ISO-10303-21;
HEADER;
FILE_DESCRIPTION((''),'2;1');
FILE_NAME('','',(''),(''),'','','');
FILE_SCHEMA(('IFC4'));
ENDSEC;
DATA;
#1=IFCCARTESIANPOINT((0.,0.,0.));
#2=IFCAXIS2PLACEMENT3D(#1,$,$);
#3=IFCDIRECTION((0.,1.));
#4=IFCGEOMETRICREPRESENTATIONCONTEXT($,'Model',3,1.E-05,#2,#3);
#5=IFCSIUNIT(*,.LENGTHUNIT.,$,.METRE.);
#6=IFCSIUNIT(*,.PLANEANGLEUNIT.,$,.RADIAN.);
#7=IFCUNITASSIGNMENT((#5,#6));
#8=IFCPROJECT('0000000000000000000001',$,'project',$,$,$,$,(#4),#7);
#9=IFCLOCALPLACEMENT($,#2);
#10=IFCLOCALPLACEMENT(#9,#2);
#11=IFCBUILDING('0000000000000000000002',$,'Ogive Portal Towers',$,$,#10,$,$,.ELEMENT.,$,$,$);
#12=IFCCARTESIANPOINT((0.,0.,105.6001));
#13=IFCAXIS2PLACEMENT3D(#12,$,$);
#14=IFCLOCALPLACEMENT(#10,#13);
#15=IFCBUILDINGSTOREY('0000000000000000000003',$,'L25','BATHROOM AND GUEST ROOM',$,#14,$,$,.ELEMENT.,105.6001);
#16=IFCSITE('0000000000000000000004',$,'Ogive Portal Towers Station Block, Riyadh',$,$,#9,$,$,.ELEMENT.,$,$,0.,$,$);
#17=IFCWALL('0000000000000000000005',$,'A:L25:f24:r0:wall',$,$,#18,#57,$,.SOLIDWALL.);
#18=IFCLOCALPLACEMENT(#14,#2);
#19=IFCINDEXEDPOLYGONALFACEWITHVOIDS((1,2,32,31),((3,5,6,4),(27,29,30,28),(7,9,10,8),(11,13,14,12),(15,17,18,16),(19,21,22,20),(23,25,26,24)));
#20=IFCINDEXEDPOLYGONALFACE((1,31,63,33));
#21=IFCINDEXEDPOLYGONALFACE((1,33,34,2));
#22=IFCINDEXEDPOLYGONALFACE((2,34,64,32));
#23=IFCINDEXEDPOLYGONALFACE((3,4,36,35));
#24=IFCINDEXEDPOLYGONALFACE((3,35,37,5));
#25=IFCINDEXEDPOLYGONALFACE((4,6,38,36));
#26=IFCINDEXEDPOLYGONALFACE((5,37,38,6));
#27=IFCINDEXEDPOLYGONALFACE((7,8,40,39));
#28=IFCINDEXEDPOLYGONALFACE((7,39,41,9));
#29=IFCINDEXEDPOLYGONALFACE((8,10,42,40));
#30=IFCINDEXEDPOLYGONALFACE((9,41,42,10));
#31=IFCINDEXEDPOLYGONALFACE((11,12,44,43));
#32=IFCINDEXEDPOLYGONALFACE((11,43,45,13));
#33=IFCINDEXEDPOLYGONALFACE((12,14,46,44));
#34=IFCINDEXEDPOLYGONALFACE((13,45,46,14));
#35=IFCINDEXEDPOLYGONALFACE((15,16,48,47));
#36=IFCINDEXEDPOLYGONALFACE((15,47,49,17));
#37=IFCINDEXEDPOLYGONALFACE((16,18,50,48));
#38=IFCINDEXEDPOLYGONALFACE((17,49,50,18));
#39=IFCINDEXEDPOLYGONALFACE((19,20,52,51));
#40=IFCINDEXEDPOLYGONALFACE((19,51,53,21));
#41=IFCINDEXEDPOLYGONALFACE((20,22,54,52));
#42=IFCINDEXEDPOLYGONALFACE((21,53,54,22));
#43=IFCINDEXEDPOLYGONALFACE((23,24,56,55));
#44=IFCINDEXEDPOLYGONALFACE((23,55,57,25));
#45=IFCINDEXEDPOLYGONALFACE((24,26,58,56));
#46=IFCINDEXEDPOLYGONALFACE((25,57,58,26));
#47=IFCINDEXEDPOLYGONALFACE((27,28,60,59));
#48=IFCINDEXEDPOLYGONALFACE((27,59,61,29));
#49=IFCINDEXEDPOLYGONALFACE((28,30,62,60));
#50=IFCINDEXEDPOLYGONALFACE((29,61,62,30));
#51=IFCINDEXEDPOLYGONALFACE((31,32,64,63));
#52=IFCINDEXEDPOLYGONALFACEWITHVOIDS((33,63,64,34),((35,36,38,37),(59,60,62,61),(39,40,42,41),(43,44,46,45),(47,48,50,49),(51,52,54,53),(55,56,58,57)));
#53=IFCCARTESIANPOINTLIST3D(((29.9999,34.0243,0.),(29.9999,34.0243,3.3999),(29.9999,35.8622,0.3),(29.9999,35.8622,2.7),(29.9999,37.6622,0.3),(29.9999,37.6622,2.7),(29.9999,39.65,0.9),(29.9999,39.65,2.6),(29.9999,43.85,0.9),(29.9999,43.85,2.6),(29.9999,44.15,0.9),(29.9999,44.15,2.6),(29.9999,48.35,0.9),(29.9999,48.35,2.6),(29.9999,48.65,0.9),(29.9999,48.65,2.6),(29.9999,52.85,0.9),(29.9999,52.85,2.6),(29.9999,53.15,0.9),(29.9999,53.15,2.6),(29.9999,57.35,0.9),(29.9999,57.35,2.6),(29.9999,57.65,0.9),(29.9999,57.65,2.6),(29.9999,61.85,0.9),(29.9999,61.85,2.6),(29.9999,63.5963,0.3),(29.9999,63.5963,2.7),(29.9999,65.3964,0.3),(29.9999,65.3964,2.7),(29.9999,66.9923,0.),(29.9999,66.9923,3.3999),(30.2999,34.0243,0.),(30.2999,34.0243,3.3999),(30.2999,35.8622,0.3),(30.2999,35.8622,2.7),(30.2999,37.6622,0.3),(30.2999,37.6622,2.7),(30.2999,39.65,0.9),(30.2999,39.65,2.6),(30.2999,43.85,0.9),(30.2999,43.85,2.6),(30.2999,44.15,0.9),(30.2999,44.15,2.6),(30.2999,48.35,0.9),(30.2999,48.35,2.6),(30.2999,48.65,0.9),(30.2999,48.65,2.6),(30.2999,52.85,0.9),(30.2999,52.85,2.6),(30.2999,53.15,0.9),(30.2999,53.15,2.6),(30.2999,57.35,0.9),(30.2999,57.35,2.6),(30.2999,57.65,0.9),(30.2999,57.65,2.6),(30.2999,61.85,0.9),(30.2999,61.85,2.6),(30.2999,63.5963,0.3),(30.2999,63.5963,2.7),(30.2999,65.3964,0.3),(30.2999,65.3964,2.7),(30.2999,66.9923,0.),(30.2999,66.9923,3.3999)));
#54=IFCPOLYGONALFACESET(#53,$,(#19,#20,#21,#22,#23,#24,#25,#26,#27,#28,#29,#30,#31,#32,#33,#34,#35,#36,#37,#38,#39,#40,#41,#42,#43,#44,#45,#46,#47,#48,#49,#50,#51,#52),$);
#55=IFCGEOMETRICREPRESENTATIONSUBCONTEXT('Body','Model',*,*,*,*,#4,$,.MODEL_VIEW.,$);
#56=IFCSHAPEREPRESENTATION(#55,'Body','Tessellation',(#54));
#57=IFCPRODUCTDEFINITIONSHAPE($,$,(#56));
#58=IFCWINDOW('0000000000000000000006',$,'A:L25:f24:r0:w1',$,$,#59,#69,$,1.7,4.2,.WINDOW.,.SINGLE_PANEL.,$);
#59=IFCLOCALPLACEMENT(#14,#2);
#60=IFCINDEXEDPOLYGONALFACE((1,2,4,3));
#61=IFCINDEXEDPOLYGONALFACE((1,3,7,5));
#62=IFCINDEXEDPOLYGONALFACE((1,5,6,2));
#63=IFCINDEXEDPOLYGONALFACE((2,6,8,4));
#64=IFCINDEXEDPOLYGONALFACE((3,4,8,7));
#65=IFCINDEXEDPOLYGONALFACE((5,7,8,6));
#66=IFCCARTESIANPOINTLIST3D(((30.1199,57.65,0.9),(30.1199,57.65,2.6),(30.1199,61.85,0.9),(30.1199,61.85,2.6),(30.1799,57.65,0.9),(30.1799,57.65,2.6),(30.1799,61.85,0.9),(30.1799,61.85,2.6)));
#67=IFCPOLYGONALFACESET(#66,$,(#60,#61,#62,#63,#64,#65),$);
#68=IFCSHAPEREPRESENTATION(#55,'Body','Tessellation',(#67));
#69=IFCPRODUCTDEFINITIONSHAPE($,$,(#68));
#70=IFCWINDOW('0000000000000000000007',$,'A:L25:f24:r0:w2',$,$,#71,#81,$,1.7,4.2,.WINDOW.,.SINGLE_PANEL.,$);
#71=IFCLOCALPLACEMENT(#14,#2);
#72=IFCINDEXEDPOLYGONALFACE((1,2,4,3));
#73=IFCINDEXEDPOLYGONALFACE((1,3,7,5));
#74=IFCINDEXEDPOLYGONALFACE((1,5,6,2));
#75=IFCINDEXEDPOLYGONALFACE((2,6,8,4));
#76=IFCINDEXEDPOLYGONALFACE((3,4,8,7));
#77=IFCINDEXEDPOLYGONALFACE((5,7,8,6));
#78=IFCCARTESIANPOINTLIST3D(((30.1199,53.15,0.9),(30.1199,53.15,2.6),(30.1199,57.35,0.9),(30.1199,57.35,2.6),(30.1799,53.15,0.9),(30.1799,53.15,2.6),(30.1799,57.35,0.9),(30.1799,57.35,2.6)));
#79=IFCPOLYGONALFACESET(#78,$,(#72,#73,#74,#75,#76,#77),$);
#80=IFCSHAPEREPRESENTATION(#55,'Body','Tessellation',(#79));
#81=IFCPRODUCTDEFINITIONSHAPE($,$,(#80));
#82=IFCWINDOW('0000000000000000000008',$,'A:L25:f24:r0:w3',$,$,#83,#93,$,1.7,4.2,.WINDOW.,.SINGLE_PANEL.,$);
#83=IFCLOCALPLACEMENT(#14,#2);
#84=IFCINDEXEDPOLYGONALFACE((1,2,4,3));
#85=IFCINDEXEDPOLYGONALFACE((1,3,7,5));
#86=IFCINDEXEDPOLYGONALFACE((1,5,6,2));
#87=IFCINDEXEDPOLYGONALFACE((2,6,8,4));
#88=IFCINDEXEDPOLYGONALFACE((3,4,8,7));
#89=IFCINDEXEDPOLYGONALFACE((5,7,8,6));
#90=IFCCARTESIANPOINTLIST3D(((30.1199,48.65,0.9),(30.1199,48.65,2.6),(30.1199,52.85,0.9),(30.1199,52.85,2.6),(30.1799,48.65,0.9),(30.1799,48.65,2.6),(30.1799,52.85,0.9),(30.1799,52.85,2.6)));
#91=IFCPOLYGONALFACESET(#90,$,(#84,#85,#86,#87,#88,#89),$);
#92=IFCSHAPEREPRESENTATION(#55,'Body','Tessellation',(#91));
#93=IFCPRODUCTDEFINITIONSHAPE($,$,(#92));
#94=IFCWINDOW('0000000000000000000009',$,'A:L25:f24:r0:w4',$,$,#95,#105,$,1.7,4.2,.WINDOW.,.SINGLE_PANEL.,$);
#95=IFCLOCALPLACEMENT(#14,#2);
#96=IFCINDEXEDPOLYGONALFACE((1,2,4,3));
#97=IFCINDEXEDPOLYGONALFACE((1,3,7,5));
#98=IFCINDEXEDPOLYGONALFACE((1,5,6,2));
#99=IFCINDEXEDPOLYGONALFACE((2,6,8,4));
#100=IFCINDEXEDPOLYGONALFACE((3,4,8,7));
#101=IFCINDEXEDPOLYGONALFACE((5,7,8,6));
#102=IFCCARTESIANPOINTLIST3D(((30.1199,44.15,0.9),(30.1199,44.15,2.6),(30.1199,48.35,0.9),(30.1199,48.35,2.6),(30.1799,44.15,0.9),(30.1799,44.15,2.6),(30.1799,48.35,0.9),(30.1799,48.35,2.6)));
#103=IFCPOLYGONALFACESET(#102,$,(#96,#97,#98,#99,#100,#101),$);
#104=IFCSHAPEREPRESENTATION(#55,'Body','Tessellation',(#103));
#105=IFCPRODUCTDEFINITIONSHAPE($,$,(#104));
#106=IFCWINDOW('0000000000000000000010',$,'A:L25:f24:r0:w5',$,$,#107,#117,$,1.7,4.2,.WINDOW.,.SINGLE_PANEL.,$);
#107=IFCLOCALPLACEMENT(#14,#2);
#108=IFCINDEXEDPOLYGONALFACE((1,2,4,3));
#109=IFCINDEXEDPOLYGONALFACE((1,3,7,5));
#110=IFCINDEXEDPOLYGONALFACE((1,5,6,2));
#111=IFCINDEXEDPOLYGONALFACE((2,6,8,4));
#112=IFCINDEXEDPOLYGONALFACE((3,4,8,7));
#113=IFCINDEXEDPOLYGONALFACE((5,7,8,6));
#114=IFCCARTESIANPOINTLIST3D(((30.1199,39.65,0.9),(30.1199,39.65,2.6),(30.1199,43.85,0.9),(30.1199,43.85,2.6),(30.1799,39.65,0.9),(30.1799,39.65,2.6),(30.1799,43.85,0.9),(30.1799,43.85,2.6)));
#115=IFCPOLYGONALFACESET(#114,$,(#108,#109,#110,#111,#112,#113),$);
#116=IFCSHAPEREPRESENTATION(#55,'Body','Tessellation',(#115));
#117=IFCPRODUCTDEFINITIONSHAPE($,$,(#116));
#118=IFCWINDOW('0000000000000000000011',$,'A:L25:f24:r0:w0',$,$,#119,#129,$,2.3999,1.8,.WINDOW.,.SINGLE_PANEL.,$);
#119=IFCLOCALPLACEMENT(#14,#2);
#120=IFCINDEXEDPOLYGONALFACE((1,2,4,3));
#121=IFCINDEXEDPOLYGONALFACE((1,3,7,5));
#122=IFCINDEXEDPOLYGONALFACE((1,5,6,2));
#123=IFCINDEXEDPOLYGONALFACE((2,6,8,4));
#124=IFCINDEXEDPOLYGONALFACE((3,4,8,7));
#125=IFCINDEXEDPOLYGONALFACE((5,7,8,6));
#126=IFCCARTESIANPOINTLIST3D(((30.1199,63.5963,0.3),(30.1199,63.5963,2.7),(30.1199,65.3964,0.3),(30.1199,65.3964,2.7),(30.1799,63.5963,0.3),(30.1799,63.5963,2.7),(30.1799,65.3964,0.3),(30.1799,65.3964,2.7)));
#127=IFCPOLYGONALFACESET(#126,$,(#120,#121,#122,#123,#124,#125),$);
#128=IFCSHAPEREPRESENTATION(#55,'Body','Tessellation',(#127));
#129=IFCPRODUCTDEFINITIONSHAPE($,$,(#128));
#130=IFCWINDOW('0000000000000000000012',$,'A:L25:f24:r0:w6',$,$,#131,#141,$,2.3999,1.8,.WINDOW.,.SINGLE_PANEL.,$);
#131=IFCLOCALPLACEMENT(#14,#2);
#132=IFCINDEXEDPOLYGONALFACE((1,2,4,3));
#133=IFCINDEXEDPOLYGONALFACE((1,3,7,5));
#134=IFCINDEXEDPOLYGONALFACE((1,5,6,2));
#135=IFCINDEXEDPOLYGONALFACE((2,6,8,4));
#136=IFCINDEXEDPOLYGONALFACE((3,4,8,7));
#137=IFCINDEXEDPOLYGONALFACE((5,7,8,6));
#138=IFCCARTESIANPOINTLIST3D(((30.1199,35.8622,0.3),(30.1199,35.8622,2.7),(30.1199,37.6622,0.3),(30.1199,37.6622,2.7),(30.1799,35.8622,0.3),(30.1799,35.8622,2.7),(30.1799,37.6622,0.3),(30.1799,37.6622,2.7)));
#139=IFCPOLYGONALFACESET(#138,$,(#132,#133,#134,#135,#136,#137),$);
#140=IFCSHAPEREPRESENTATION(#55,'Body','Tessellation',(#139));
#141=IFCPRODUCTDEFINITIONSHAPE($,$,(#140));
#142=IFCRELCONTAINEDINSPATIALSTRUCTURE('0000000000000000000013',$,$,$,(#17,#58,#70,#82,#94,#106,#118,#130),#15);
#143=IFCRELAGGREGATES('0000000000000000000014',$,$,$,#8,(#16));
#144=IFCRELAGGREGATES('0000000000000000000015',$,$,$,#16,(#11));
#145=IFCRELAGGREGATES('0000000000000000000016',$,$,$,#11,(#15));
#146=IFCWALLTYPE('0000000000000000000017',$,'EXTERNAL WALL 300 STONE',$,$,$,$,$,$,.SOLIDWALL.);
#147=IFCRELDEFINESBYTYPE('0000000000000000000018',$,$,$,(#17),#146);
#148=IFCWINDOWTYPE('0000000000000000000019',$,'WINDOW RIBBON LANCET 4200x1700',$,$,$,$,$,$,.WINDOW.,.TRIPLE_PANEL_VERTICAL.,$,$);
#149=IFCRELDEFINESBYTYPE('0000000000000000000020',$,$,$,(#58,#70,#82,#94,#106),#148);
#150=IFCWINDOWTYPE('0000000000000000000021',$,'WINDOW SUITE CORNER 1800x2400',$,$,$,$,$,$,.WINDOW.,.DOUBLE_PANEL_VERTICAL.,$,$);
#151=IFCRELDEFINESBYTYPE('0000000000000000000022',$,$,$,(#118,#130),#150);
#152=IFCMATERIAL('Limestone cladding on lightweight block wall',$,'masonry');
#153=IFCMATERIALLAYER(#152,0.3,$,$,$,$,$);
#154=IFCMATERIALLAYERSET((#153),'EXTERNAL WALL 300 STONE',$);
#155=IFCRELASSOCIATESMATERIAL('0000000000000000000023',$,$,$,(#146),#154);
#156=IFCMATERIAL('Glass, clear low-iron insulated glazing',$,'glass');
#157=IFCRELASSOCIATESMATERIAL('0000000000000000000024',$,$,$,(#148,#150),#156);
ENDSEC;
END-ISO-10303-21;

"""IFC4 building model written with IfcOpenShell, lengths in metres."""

from ifc_helpers import new_model, si_unit, direction, frame, frame_2d, origin, place, context, subcontext, project, spatial, rectangle, extrude, material, layer, layer_set, type_object, element, fill, save


model = new_model("IFC4")

# Units and contexts
model_context = context("Model", 3, precision=1e-05, world=origin(), true_north=direction((0.0, 1.0)))
body_context = subcontext(model_context, "Body", "Model", "MODEL_VIEW")
ifc_project = project(units=[si_unit("LENGTHUNIT", "METRE"), si_unit("PLANEANGLEUNIT", "RADIAN")], contexts=[model_context])

# Site, building, storey
site_placement = place(None, origin())
site = spatial("IfcSite", under=ifc_project, at=site_placement, Name="Ogive Portal Towers Station Block, Riyadh", CompositionType="ELEMENT", RefElevation=0.0)
building_placement = place(site_placement, origin())
building = spatial("IfcBuilding", under=site, at=building_placement, Name="Ogive Portal Towers", CompositionType="ELEMENT")
storey_placement = place(building_placement, frame((0.0, 0.0, 105.6001)))
storey = spatial("IfcBuildingStorey", under=building, at=storey_placement, Name="L25", Description="BATHROOM AND GUEST ROOM", CompositionType="ELEMENT", Elevation=105.6001)

# Shared definitions
ifc_material_1 = material(Name="Glass, clear low-iron insulated glazing", Category="glass")

# Wall, openings, windows
ifc_material_2 = material(Name="Limestone cladding on lightweight block wall", Category="masonry")
ifc_layer_1 = layer(ifc_material_2, 0.3)
ifc_layer_set_1 = layer_set([ifc_layer_1], Name="EXTERNAL WALL 300 STONE")
wall_type_1 = type_object("IfcWallType", Name="EXTERNAL WALL 300 STONE", PredefinedType="SOLIDWALL", material=ifc_layer_set_1)
wall_1_placement = place(storey_placement, frame((30.1499, 66.9922, 0.0), z_axis=(0.0, 0.0, 1.0), x_axis=(0.0, -1.0, 0.0)))
wall_1 = element("IfcWall", 1, at=wall_1_placement, inside=storey, type_object=wall_type_1, Name="A:L25:f24:r0:wall", PredefinedType="SOLIDWALL", context=body_context, shape_type="SweptSolid", body=[
    extrude(rectangle(XDim=32.968, YDim=0.3, at=frame_2d((16.4839, 0.0))), origin(), (0.0, 0.0, 1.0), 3.3999),
])
opening_1_placement = place(wall_1_placement, frame((1.5959, 0.0, 0.3)))
opening_1 = element("IfcOpeningElement", 2, at=opening_1_placement, cuts=wall_1, PredefinedType="OPENING", context=body_context, shape_type="SweptSolid", body=[
    extrude(rectangle(XDim=1.8, YDim=2.3999, at=frame_2d((0.8999, 1.2))), frame((0.0, 0.1602, 0.0), z_axis=(0.0, -1.0, 0.0), x_axis=(1.0, 0.0, 0.0)), (0.0, 0.0, 1.0), 0.3201),
])
opening_2_placement = place(wall_1_placement, frame((5.1421, 0.0, 0.8999)))
opening_2 = element("IfcOpeningElement", 3, at=opening_2_placement, cuts=wall_1, PredefinedType="OPENING", context=body_context, shape_type="SweptSolid", body=[
    extrude(rectangle(XDim=4.2, YDim=1.7, at=frame_2d((2.1001, 0.8501))), frame((0.0, 0.1602, 0.0), z_axis=(0.0, -1.0, 0.0), x_axis=(1.0, 0.0, 0.0)), (0.0, 0.0, 1.0), 0.3201),
])
opening_3_placement = place(wall_1_placement, frame((9.6421, 0.0, 0.8999)))
opening_3 = element("IfcOpeningElement", 4, at=opening_3_placement, cuts=wall_1, PredefinedType="OPENING", context=body_context, shape_type="SweptSolid", body=[
    extrude(rectangle(XDim=4.2, YDim=1.7, at=frame_2d((2.1001, 0.8501))), frame((0.0, 0.1602, 0.0), z_axis=(0.0, -1.0, 0.0), x_axis=(1.0, 0.0, 0.0)), (0.0, 0.0, 1.0), 0.3201),
])
opening_4_placement = place(wall_1_placement, frame((14.1421, 0.0, 0.8999)))
opening_4 = element("IfcOpeningElement", 5, at=opening_4_placement, cuts=wall_1, PredefinedType="OPENING", context=body_context, shape_type="SweptSolid", body=[
    extrude(rectangle(XDim=4.2, YDim=1.7, at=frame_2d((2.1001, 0.8501))), frame((0.0, 0.1602, 0.0), z_axis=(0.0, -1.0, 0.0), x_axis=(1.0, 0.0, 0.0)), (0.0, 0.0, 1.0), 0.3201),
])
opening_5_placement = place(wall_1_placement, frame((18.6421, 0.0, 0.8999)))
opening_5 = element("IfcOpeningElement", 6, at=opening_5_placement, cuts=wall_1, PredefinedType="OPENING", context=body_context, shape_type="SweptSolid", body=[
    extrude(rectangle(XDim=4.2, YDim=1.7, at=frame_2d((2.1001, 0.8501))), frame((0.0, 0.1602, 0.0), z_axis=(0.0, -1.0, 0.0), x_axis=(1.0, 0.0, 0.0)), (0.0, 0.0, 1.0), 0.3201),
])
opening_6_placement = place(wall_1_placement, frame((23.1421, 0.0, 0.8999)))
opening_6 = element("IfcOpeningElement", 7, at=opening_6_placement, cuts=wall_1, PredefinedType="OPENING", context=body_context, shape_type="SweptSolid", body=[
    extrude(rectangle(XDim=4.2, YDim=1.7, at=frame_2d((2.1001, 0.8501))), frame((0.0, 0.1602, 0.0), z_axis=(0.0, -1.0, 0.0), x_axis=(1.0, 0.0, 0.0)), (0.0, 0.0, 1.0), 0.3201),
])
opening_7_placement = place(wall_1_placement, frame((29.3301, 0.0, 0.3)))
opening_7 = element("IfcOpeningElement", 8, at=opening_7_placement, cuts=wall_1, PredefinedType="OPENING", context=body_context, shape_type="SweptSolid", body=[
    extrude(rectangle(XDim=1.8, YDim=2.3999, at=frame_2d((0.8999, 1.2))), frame((0.0, 0.1602, 0.0), z_axis=(0.0, -1.0, 0.0), x_axis=(1.0, 0.0, 0.0)), (0.0, 0.0, 1.0), 0.3201),
])
window_type_1 = type_object("IfcWindowType", Name="WINDOW RIBBON LANCET 4200x1700", PartitioningType="TRIPLE_PANEL_VERTICAL", PredefinedType="WINDOW", material=ifc_material_1)
window_1_placement = place(opening_2_placement, origin())
window_1 = element("IfcWindow", 9, at=window_1_placement, inside=storey, type_object=window_type_1, Name="A:L25:f24:r0:w1", OverallHeight=1.7, OverallWidth=4.2, PartitioningType="SINGLE_PANEL", PredefinedType="WINDOW", context=body_context, shape_type="SweptSolid", body=[
    extrude(rectangle(XDim=4.2, YDim=1.7, at=frame_2d((2.1001, 0.8501))), frame((0.0, 0.03, 0.0), z_axis=(0.0, -1.0, 0.0), x_axis=(1.0, 0.0, 0.0)), (0.0, 0.0, 1.0), 0.0601),
])
fill(opening_2, window_1)
window_2_placement = place(opening_3_placement, origin())
window_2 = element("IfcWindow", 10, at=window_2_placement, inside=storey, type_object=window_type_1, Name="A:L25:f24:r0:w2", OverallHeight=1.7, OverallWidth=4.2, PartitioningType="SINGLE_PANEL", PredefinedType="WINDOW", context=body_context, shape_type="SweptSolid", body=[
    extrude(rectangle(XDim=4.2, YDim=1.7, at=frame_2d((2.1001, 0.8501))), frame((0.0, 0.03, 0.0), z_axis=(0.0, -1.0, 0.0), x_axis=(1.0, 0.0, 0.0)), (0.0, 0.0, 1.0), 0.0601),
])
fill(opening_3, window_2)
window_3_placement = place(opening_4_placement, origin())
window_3 = element("IfcWindow", 11, at=window_3_placement, inside=storey, type_object=window_type_1, Name="A:L25:f24:r0:w3", OverallHeight=1.7, OverallWidth=4.2, PartitioningType="SINGLE_PANEL", PredefinedType="WINDOW", context=body_context, shape_type="SweptSolid", body=[
    extrude(rectangle(XDim=4.2, YDim=1.7, at=frame_2d((2.1001, 0.8501))), frame((0.0, 0.03, 0.0), z_axis=(0.0, -1.0, 0.0), x_axis=(1.0, 0.0, 0.0)), (0.0, 0.0, 1.0), 0.0601),
])
fill(opening_4, window_3)
window_4_placement = place(opening_5_placement, origin())
window_4 = element("IfcWindow", 12, at=window_4_placement, inside=storey, type_object=window_type_1, Name="A:L25:f24:r0:w4", OverallHeight=1.7, OverallWidth=4.2, PartitioningType="SINGLE_PANEL", PredefinedType="WINDOW", context=body_context, shape_type="SweptSolid", body=[
    extrude(rectangle(XDim=4.2, YDim=1.7, at=frame_2d((2.1001, 0.8501))), frame((0.0, 0.03, 0.0), z_axis=(0.0, -1.0, 0.0), x_axis=(1.0, 0.0, 0.0)), (0.0, 0.0, 1.0), 0.0601),
])
fill(opening_5, window_4)
window_5_placement = place(opening_6_placement, origin())
window_5 = element("IfcWindow", 13, at=window_5_placement, inside=storey, type_object=window_type_1, Name="A:L25:f24:r0:w5", OverallHeight=1.7, OverallWidth=4.2, PartitioningType="SINGLE_PANEL", PredefinedType="WINDOW", context=body_context, shape_type="SweptSolid", body=[
    extrude(rectangle(XDim=4.2, YDim=1.7, at=frame_2d((2.1001, 0.8501))), frame((0.0, 0.03, 0.0), z_axis=(0.0, -1.0, 0.0), x_axis=(1.0, 0.0, 0.0)), (0.0, 0.0, 1.0), 0.0601),
])
fill(opening_6, window_5)
window_type_2 = type_object("IfcWindowType", Name="WINDOW SUITE CORNER 1800x2400", PartitioningType="DOUBLE_PANEL_VERTICAL", PredefinedType="WINDOW", material=ifc_material_1)
window_6_placement = place(opening_1_placement, origin())
window_6 = element("IfcWindow", 14, at=window_6_placement, inside=storey, type_object=window_type_2, Name="A:L25:f24:r0:w0", OverallHeight=2.3999, OverallWidth=1.8, PartitioningType="SINGLE_PANEL", PredefinedType="WINDOW", context=body_context, shape_type="SweptSolid", body=[
    extrude(rectangle(XDim=1.8, YDim=2.3999, at=frame_2d((0.8999, 1.2))), frame((0.0, 0.03, 0.0), z_axis=(0.0, -1.0, 0.0), x_axis=(1.0, 0.0, 0.0)), (0.0, 0.0, 1.0), 0.0601),
])
fill(opening_1, window_6)
window_7_placement = place(opening_7_placement, origin())
window_7 = element("IfcWindow", 15, at=window_7_placement, inside=storey, type_object=window_type_2, Name="A:L25:f24:r0:w6", OverallHeight=2.3999, OverallWidth=1.8, PartitioningType="SINGLE_PANEL", PredefinedType="WINDOW", context=body_context, shape_type="SweptSolid", body=[
    extrude(rectangle(XDim=1.8, YDim=2.3999, at=frame_2d((0.8999, 1.2))), frame((0.0, 0.03, 0.0), z_axis=(0.0, -1.0, 0.0), x_axis=(1.0, 0.0, 0.0)), (0.0, 0.0, 1.0), 0.0601),
])
fill(opening_7, window_7)

save(model, "model.ifc")
